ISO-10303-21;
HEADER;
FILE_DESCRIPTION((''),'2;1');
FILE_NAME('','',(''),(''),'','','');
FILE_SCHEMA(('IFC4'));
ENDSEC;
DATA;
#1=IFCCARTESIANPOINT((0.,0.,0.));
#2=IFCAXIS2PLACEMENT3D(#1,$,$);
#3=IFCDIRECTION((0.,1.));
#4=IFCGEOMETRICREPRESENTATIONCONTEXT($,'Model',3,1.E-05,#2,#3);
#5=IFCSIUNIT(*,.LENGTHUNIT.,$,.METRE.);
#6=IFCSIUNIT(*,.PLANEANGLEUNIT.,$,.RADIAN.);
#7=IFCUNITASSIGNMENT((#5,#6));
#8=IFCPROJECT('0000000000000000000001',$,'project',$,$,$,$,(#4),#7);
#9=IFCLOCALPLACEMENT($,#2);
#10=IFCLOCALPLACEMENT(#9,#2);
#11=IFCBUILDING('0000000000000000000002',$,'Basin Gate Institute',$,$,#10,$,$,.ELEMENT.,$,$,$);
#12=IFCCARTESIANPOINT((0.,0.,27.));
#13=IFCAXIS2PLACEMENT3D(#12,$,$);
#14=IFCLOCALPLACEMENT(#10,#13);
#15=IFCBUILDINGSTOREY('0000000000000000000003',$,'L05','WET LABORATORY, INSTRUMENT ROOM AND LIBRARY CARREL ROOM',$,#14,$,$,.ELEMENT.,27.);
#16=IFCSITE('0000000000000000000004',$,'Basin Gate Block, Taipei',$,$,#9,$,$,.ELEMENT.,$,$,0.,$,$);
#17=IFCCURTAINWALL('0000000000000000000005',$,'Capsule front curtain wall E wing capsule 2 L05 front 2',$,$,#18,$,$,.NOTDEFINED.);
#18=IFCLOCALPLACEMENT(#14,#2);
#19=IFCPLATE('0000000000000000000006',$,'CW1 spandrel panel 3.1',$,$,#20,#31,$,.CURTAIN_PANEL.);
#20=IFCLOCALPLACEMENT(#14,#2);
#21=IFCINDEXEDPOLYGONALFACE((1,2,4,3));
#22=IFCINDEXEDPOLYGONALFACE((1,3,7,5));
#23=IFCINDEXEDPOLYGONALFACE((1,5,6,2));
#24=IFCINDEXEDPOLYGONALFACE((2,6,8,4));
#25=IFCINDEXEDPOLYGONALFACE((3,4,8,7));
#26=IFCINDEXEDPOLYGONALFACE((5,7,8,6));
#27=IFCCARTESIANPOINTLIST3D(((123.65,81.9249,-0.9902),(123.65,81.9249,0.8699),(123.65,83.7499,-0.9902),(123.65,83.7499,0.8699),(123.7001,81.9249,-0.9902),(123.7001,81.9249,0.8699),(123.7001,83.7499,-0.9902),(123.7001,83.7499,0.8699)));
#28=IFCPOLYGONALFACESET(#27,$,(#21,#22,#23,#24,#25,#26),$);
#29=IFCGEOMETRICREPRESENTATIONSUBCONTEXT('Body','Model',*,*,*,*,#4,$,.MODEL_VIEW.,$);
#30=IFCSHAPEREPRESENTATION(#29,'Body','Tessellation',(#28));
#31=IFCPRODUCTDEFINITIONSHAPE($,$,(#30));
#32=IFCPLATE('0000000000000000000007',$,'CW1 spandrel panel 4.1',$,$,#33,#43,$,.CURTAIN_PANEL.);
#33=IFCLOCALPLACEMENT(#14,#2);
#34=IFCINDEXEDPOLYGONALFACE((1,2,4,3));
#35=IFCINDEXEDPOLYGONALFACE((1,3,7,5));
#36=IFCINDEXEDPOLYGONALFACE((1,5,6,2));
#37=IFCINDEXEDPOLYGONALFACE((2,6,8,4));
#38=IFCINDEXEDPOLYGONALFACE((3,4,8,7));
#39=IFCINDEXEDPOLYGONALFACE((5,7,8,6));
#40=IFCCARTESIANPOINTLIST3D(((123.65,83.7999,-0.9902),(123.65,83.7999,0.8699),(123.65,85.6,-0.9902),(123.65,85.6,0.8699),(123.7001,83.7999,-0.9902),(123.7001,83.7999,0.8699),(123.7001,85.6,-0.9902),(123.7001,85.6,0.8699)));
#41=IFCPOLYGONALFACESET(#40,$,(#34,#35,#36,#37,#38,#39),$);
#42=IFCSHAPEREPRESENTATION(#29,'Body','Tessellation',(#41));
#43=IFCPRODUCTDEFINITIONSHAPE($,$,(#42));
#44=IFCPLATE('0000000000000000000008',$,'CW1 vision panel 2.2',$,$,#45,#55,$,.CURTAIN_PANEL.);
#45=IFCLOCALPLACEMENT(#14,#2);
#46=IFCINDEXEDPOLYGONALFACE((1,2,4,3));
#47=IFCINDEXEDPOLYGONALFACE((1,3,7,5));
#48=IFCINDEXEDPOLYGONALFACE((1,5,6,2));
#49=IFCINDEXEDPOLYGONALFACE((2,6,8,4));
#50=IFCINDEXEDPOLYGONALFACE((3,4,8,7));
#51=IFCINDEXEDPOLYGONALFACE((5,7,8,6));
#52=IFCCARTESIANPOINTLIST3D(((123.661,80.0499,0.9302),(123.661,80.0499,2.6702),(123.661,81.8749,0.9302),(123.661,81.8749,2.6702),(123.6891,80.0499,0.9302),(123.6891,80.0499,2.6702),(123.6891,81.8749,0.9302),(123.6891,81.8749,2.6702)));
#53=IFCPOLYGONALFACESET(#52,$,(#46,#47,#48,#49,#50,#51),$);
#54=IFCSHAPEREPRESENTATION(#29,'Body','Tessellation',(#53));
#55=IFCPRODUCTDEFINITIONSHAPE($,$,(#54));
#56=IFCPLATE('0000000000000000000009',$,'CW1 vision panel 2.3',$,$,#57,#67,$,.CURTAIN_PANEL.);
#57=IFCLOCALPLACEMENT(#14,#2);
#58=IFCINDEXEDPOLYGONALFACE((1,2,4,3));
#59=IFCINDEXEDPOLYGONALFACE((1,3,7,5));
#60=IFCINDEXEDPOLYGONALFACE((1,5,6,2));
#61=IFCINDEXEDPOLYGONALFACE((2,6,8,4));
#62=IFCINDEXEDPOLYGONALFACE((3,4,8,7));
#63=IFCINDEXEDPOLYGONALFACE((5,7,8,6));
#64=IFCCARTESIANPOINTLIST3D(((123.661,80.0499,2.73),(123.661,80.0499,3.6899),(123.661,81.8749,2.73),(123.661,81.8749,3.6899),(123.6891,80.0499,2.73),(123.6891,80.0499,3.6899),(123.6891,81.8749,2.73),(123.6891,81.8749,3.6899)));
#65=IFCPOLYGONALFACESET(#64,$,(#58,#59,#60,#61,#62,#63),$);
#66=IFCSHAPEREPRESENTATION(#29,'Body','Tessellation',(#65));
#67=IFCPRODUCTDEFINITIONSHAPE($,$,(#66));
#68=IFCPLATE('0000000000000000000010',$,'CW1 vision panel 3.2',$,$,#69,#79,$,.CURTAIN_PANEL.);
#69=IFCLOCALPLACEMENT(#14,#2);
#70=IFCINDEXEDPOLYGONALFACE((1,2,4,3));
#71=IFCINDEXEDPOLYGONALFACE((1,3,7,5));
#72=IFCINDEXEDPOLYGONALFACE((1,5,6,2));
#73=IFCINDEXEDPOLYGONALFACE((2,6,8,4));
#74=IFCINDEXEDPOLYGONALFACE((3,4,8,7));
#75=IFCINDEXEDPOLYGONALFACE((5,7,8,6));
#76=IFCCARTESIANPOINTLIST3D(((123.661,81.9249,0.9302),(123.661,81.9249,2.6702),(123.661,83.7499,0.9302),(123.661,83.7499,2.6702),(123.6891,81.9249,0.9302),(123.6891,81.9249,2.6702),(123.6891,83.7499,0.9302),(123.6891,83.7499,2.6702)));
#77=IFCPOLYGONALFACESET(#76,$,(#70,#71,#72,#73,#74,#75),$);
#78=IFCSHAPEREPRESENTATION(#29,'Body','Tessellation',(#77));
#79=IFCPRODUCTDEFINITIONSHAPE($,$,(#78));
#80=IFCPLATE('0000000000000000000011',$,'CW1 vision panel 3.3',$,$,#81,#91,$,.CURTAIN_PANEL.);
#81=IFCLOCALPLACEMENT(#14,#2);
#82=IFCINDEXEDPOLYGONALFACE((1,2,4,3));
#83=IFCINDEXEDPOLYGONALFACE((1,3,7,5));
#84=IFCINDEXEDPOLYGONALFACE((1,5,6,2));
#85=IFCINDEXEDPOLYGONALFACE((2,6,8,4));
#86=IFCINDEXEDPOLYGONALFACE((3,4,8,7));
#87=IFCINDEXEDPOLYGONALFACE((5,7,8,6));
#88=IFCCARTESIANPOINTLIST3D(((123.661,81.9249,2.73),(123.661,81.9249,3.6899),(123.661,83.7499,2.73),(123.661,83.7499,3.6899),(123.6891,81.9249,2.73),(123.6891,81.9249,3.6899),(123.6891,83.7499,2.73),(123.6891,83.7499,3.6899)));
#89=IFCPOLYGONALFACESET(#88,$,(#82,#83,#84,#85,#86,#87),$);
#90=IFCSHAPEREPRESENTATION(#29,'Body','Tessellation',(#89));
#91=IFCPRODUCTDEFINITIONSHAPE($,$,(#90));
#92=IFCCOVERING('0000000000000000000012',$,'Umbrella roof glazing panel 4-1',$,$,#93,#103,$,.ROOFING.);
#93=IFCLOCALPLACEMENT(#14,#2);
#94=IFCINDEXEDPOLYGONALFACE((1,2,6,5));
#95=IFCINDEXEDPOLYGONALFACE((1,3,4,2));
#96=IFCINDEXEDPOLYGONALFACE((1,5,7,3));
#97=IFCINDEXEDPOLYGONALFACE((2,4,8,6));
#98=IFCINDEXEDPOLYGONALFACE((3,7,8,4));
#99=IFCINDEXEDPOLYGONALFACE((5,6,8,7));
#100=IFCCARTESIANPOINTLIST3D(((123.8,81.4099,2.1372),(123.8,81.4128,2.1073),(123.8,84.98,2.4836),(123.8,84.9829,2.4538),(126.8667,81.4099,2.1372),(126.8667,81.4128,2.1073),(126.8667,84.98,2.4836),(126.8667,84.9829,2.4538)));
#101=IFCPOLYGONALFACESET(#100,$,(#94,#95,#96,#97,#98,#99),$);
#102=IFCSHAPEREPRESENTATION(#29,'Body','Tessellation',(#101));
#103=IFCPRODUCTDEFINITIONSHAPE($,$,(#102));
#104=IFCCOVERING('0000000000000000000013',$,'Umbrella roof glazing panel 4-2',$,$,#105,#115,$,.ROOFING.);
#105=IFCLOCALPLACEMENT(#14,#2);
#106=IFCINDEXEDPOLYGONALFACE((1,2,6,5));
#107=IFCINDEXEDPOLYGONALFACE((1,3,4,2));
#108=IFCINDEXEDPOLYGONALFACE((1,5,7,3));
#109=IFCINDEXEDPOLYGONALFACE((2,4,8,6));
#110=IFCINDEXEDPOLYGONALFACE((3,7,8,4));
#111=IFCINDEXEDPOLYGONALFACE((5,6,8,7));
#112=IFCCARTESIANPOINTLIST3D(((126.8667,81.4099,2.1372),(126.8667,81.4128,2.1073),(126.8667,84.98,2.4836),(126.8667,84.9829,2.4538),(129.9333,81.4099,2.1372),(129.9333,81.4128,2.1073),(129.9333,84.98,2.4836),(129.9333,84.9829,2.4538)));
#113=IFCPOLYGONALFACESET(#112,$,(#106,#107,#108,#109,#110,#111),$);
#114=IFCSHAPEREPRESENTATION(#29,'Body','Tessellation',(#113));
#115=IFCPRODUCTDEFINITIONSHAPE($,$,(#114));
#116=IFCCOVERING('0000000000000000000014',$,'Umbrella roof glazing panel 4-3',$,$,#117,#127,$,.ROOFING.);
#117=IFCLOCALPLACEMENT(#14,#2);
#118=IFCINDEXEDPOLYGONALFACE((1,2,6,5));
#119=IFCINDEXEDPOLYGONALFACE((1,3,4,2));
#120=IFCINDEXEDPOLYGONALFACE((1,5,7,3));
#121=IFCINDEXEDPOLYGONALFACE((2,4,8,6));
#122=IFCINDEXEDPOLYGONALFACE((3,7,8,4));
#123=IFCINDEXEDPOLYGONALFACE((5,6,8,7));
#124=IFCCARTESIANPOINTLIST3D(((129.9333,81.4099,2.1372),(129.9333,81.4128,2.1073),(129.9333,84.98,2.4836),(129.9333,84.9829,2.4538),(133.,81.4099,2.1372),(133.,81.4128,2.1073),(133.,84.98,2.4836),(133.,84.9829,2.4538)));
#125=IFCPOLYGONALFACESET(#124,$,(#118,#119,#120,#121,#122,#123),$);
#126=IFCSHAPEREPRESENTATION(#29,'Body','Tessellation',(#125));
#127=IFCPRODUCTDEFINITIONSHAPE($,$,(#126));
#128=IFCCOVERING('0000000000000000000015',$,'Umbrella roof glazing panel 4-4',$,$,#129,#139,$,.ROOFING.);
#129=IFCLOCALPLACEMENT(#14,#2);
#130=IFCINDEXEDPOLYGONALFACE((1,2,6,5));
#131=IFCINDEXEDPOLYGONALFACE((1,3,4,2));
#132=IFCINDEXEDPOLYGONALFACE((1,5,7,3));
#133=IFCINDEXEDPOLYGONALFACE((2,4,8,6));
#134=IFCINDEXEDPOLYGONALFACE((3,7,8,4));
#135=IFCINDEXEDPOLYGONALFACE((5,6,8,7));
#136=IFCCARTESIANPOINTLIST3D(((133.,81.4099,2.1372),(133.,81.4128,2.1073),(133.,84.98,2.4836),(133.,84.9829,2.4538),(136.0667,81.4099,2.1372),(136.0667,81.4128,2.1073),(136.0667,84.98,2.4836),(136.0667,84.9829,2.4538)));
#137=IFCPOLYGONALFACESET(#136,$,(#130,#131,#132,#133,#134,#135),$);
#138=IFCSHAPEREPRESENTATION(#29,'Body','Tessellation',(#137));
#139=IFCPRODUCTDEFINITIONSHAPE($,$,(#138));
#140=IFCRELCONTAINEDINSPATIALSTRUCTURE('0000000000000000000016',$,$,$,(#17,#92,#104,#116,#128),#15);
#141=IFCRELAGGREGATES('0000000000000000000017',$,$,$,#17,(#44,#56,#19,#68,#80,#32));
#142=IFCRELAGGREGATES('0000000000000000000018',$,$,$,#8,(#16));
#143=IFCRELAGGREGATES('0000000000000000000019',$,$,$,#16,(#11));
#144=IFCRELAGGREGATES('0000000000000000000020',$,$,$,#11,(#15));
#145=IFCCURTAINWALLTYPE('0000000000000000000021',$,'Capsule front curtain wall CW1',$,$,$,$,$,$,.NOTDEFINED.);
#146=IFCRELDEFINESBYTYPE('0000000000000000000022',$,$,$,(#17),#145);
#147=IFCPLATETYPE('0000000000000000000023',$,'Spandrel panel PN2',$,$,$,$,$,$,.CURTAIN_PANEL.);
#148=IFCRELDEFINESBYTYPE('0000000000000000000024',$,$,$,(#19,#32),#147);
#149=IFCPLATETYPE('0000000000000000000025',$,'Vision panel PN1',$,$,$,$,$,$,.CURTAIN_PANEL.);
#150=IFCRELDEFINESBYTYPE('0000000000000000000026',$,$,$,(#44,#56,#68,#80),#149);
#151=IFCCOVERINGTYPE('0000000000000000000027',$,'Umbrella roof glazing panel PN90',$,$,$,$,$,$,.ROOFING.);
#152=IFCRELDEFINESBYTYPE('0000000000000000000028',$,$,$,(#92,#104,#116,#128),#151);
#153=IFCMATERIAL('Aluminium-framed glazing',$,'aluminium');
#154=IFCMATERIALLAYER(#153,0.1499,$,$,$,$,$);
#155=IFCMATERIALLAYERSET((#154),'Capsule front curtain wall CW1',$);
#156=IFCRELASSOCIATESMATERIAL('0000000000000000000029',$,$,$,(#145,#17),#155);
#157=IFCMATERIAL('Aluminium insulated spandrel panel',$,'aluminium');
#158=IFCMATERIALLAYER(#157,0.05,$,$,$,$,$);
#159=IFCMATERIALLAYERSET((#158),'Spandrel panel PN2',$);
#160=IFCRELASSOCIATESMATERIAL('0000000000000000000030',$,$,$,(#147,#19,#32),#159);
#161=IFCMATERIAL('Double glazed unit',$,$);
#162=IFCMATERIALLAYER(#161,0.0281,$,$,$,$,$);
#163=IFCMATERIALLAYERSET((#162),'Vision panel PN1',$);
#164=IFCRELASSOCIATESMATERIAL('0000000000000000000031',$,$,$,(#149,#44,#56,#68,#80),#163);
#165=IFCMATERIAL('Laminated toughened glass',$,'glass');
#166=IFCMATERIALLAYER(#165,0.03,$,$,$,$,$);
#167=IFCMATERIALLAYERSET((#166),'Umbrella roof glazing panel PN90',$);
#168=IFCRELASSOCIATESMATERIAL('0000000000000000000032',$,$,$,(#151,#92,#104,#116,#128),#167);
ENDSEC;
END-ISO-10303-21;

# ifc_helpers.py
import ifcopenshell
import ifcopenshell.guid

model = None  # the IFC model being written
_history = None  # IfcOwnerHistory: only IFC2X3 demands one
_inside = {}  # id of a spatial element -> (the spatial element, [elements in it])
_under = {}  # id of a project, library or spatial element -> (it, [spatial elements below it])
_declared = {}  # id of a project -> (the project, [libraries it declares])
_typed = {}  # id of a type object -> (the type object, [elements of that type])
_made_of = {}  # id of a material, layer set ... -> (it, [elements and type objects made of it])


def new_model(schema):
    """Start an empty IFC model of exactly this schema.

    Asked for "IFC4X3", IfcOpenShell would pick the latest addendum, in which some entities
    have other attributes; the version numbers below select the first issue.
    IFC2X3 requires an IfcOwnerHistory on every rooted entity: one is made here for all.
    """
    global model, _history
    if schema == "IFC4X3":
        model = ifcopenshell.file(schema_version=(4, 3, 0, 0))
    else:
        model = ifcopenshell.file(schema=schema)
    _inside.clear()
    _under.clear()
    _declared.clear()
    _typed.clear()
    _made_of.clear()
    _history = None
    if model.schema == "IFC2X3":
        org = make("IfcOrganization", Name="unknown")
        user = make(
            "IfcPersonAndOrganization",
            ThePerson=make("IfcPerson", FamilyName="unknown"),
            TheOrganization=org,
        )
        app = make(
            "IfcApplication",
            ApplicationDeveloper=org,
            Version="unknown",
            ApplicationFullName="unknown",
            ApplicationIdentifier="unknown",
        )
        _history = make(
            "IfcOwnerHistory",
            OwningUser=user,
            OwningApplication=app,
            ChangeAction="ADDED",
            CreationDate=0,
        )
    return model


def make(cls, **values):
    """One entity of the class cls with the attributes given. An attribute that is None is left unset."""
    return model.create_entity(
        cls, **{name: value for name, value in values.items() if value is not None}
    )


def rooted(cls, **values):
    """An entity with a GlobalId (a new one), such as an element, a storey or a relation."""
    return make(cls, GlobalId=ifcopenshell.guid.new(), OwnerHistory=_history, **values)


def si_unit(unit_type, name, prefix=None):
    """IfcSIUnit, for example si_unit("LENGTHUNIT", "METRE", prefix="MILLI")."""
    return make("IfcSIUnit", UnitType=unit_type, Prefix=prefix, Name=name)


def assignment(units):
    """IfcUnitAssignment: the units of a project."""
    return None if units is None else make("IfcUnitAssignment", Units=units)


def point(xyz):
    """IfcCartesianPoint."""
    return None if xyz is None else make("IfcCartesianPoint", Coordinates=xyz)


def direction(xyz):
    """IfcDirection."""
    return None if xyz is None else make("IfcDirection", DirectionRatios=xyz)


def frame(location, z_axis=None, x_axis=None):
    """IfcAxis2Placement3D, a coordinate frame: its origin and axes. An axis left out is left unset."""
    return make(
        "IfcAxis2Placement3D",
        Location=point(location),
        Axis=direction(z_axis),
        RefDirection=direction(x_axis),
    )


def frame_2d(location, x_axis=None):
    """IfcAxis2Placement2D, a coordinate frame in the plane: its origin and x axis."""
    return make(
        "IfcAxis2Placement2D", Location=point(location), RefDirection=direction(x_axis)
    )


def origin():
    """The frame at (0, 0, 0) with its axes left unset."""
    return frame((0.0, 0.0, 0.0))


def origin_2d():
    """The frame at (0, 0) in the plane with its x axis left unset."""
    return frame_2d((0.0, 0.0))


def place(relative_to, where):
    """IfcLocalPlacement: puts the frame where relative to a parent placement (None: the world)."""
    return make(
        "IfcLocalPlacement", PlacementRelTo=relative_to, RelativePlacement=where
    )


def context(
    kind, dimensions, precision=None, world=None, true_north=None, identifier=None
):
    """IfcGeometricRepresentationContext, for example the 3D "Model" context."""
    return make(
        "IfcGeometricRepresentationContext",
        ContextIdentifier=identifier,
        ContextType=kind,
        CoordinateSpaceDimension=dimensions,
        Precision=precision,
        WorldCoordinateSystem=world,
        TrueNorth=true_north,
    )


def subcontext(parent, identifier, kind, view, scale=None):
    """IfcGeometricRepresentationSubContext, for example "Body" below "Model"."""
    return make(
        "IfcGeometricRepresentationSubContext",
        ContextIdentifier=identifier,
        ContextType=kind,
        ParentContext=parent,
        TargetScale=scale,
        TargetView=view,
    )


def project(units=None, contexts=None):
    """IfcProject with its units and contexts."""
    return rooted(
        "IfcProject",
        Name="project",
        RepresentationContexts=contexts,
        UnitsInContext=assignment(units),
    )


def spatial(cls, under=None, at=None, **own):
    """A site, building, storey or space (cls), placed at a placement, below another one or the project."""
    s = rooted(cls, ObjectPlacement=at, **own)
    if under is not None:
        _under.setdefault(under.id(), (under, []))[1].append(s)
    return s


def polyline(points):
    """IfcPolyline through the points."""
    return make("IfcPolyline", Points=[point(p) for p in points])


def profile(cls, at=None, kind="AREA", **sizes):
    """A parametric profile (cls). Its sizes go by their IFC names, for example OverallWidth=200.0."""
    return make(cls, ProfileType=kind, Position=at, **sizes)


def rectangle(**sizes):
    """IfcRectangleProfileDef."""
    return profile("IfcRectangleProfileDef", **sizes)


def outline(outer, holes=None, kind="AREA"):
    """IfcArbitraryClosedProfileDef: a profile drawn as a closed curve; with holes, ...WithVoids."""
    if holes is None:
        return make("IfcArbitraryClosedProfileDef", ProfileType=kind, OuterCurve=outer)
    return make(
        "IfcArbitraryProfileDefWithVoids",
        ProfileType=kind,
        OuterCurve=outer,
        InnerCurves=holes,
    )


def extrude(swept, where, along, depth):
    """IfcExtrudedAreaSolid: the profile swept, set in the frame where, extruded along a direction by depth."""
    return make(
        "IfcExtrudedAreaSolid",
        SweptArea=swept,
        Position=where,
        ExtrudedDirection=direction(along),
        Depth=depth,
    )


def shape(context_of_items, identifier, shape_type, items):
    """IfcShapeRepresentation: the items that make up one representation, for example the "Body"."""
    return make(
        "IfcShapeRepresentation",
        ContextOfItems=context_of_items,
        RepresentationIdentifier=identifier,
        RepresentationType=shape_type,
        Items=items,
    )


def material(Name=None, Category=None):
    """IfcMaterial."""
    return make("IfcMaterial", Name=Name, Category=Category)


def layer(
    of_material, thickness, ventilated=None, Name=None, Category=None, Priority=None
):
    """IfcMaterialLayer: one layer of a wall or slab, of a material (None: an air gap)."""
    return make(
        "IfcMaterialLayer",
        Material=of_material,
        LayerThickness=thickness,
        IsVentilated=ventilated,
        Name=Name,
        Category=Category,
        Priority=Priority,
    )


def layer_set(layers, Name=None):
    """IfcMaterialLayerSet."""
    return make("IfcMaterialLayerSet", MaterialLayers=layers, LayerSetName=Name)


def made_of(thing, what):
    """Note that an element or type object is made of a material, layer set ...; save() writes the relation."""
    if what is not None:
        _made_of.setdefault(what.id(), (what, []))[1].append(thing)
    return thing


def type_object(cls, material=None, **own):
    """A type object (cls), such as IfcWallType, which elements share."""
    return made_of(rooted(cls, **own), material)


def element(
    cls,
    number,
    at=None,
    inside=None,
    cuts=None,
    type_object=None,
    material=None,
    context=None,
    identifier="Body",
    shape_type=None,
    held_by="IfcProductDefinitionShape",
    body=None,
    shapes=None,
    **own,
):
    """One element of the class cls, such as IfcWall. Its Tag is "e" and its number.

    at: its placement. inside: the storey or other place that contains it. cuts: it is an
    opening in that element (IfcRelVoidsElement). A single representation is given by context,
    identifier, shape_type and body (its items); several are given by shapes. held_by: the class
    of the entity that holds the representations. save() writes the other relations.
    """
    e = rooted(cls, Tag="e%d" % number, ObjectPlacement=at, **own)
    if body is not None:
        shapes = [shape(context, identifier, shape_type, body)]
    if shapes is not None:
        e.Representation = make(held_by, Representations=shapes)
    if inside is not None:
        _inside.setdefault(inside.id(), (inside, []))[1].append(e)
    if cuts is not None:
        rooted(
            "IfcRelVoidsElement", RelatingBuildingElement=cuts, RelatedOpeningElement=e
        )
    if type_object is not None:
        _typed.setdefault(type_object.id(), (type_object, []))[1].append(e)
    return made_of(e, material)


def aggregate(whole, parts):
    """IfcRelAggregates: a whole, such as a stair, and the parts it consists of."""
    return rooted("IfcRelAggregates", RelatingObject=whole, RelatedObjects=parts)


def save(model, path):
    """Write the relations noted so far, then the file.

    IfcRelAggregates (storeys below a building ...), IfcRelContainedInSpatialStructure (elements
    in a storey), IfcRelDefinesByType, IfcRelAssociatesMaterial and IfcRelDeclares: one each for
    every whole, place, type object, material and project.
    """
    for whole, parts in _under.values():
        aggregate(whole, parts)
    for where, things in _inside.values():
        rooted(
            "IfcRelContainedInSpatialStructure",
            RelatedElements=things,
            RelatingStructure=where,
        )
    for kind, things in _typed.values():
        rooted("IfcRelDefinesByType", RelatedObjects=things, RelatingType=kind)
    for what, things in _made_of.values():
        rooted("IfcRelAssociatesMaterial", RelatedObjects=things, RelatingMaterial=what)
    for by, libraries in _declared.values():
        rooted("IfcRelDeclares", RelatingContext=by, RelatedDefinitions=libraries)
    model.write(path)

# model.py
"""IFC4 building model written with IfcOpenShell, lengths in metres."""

from ifc_helpers import new_model, si_unit, direction, frame, origin, origin_2d, place, context, subcontext, project, spatial, polyline, rectangle, outline, extrude, material, layer, layer_set, type_object, element, aggregate, save


model = new_model("IFC4")

# Units and contexts
model_context = context("Model", 3, precision=1e-05, world=origin(), true_north=direction((0.0, 1.0)))
body_context = subcontext(model_context, "Body", "Model", "MODEL_VIEW")
ifc_project = project(units=[si_unit("LENGTHUNIT", "METRE"), si_unit("PLANEANGLEUNIT", "RADIAN")], contexts=[model_context])

# Site, building, storey
site_placement = place(None, origin())
site = spatial("IfcSite", under=ifc_project, at=site_placement, Name="Basin Gate Block, Taipei", CompositionType="ELEMENT", RefElevation=0.0)
building_placement = place(site_placement, origin())
building = spatial("IfcBuilding", under=site, at=building_placement, Name="Basin Gate Institute", CompositionType="ELEMENT")
storey_placement = place(building_placement, frame((0.0, 0.0, 27.0)))
storey = spatial("IfcBuildingStorey", under=building, at=storey_placement, Name="L05", Description="WET LABORATORY, INSTRUMENT ROOM AND LIBRARY CARREL ROOM", CompositionType="ELEMENT", Elevation=27.0)

# Curtain wall
ifc_material_1 = material(Name="Aluminium-framed glazing", Category="aluminium")
ifc_layer_1 = layer(ifc_material_1, 0.1499)
ifc_layer_set_1 = layer_set([ifc_layer_1], Name="Capsule front curtain wall CW1")
curtain_wall_type = type_object("IfcCurtainWallType", Name="Capsule front curtain wall CW1", PredefinedType="NOTDEFINED", material=ifc_layer_set_1)
curtain_wall_placement = place(storey_placement, origin())
curtain_wall = element("IfcCurtainWall", 1, at=curtain_wall_placement, inside=storey, type_object=curtain_wall_type, material=ifc_layer_set_1, Name="Capsule front curtain wall E wing capsule 2 L05 front 2", PredefinedType="NOTDEFINED")

# Plates
ifc_material_2 = material(Name="Aluminium insulated spandrel panel", Category="aluminium")
ifc_layer_2 = layer(ifc_material_2, 0.05)
ifc_layer_set_2 = layer_set([ifc_layer_2], Name="Spandrel panel PN2")
plate_type_1 = type_object("IfcPlateType", Name="Spandrel panel PN2", PredefinedType="CURTAIN_PANEL", material=ifc_layer_set_2)
plate_1_placement = place(storey_placement, frame((123.675, 82.8374, -0.9902), z_axis=(0.0, 0.0, 1.0), x_axis=(0.0, 1.0, 0.0)))
plate_1 = element("IfcPlate", 2, at=plate_1_placement, type_object=plate_type_1, material=ifc_layer_set_2, Name="CW1 spandrel panel 3.1", PredefinedType="CURTAIN_PANEL", context=body_context, shape_type="SweptSolid", body=[
    extrude(rectangle(XDim=1.825, YDim=0.05, at=origin_2d()), origin(), (0.0, 0.0, 1.0), 1.8601),
])
plate_2_placement = place(storey_placement, frame((123.675, 84.7, -0.9902), z_axis=(0.0, 0.0, 1.0), x_axis=(0.0, 1.0, 0.0)))
plate_2 = element("IfcPlate", 3, at=plate_2_placement, type_object=plate_type_1, material=ifc_layer_set_2, Name="CW1 spandrel panel 4.1", PredefinedType="CURTAIN_PANEL", context=body_context, shape_type="SweptSolid", body=[
    extrude(rectangle(XDim=1.8, YDim=0.05, at=origin_2d()), origin(), (0.0, 0.0, 1.0), 1.8601),
])
ifc_material_3 = material(Name="Double glazed unit")
ifc_layer_3 = layer(ifc_material_3, 0.0281)
ifc_layer_set_3 = layer_set([ifc_layer_3], Name="Vision panel PN1")
plate_type_2 = type_object("IfcPlateType", Name="Vision panel PN1", PredefinedType="CURTAIN_PANEL", material=ifc_layer_set_3)
plate_3_placement = place(storey_placement, frame((123.675, 80.9624, 0.9302), z_axis=(0.0, 0.0, 1.0), x_axis=(0.0, 1.0, 0.0)))
plate_3 = element("IfcPlate", 4, at=plate_3_placement, type_object=plate_type_2, material=ifc_layer_set_3, Name="CW1 vision panel 2.2", PredefinedType="CURTAIN_PANEL", context=body_context, shape_type="SweptSolid", body=[
    extrude(rectangle(XDim=1.825, YDim=0.0281, at=origin_2d()), origin(), (0.0, 0.0, 1.0), 1.74),
])
plate_4_placement = place(storey_placement, frame((123.675, 80.9624, 2.73), z_axis=(0.0, 0.0, 1.0), x_axis=(0.0, 1.0, 0.0)))
plate_4 = element("IfcPlate", 5, at=plate_4_placement, type_object=plate_type_2, material=ifc_layer_set_3, Name="CW1 vision panel 2.3", PredefinedType="CURTAIN_PANEL", context=body_context, shape_type="SweptSolid", body=[
    extrude(rectangle(XDim=1.825, YDim=0.0281, at=origin_2d()), origin(), (0.0, 0.0, 1.0), 0.96),
])
plate_5_placement = place(storey_placement, frame((123.675, 82.8374, 0.9302), z_axis=(0.0, 0.0, 1.0), x_axis=(0.0, 1.0, 0.0)))
plate_5 = element("IfcPlate", 6, at=plate_5_placement, type_object=plate_type_2, material=ifc_layer_set_3, Name="CW1 vision panel 3.2", PredefinedType="CURTAIN_PANEL", context=body_context, shape_type="SweptSolid", body=[
    extrude(rectangle(XDim=1.825, YDim=0.0281, at=origin_2d()), origin(), (0.0, 0.0, 1.0), 1.74),
])
plate_6_placement = place(storey_placement, frame((123.675, 82.8374, 2.73), z_axis=(0.0, 0.0, 1.0), x_axis=(0.0, 1.0, 0.0)))
plate_6 = element("IfcPlate", 7, at=plate_6_placement, type_object=plate_type_2, material=ifc_layer_set_3, Name="CW1 vision panel 3.3", PredefinedType="CURTAIN_PANEL", context=body_context, shape_type="SweptSolid", body=[
    extrude(rectangle(XDim=1.825, YDim=0.0281, at=origin_2d()), origin(), (0.0, 0.0, 1.0), 0.96),
])
aggregate(curtain_wall, [plate_3, plate_4, plate_1, plate_5, plate_6, plate_2])

# Coverings
ifc_material_4 = material(Name="Laminated toughened glass", Category="glass")
ifc_layer_4 = layer(ifc_material_4, 0.03)
ifc_layer_set_4 = layer_set([ifc_layer_4], Name="Umbrella roof glazing panel PN90")
covering_type = type_object("IfcCoveringType", Name="Umbrella roof glazing panel PN90", PredefinedType="ROOFING", material=ifc_layer_set_4)
for number, where, z_axis, x_axis, name in (
    (8, (123.8, 81.4099, 2.1372), (0.0, -0.096585, 0.995325), (1.0, 0.0, 0.0), "Umbrella roof glazing panel 4-1"),
    (9, (126.8667, 81.4099, 2.1372), (0.0, -0.096585, 0.995325), (1.0, 0.0, 0.0), "Umbrella roof glazing panel 4-2"),
    (10, (129.9333, 81.4099, 2.1372), (0.0, -0.096585, 0.995325), (1.0, 0.0, 0.0), "Umbrella roof glazing panel 4-3"),
    (11, (133.0, 81.4099, 2.1372), (0.0, -0.096585, 0.995325), (1.0, 0.0, 0.0), "Umbrella roof glazing panel 4-4"),
):
    element("IfcCovering", number, at=place(storey_placement, frame(where, z_axis=z_axis, x_axis=x_axis)), inside=storey, type_object=covering_type, material=ifc_layer_set_4, Name=name, PredefinedType="ROOFING", context=body_context, shape_type="SweptSolid", body=[
        extrude(outline(polyline([(0.0, 0.0), (3.0667, 0.0), (3.0667, 3.5868), (0.0, 3.5868), (0.0, 0.0)])), origin(), (0.0, 0.0, -1.0), 0.03),
    ])

save(model, "model.ifc")
